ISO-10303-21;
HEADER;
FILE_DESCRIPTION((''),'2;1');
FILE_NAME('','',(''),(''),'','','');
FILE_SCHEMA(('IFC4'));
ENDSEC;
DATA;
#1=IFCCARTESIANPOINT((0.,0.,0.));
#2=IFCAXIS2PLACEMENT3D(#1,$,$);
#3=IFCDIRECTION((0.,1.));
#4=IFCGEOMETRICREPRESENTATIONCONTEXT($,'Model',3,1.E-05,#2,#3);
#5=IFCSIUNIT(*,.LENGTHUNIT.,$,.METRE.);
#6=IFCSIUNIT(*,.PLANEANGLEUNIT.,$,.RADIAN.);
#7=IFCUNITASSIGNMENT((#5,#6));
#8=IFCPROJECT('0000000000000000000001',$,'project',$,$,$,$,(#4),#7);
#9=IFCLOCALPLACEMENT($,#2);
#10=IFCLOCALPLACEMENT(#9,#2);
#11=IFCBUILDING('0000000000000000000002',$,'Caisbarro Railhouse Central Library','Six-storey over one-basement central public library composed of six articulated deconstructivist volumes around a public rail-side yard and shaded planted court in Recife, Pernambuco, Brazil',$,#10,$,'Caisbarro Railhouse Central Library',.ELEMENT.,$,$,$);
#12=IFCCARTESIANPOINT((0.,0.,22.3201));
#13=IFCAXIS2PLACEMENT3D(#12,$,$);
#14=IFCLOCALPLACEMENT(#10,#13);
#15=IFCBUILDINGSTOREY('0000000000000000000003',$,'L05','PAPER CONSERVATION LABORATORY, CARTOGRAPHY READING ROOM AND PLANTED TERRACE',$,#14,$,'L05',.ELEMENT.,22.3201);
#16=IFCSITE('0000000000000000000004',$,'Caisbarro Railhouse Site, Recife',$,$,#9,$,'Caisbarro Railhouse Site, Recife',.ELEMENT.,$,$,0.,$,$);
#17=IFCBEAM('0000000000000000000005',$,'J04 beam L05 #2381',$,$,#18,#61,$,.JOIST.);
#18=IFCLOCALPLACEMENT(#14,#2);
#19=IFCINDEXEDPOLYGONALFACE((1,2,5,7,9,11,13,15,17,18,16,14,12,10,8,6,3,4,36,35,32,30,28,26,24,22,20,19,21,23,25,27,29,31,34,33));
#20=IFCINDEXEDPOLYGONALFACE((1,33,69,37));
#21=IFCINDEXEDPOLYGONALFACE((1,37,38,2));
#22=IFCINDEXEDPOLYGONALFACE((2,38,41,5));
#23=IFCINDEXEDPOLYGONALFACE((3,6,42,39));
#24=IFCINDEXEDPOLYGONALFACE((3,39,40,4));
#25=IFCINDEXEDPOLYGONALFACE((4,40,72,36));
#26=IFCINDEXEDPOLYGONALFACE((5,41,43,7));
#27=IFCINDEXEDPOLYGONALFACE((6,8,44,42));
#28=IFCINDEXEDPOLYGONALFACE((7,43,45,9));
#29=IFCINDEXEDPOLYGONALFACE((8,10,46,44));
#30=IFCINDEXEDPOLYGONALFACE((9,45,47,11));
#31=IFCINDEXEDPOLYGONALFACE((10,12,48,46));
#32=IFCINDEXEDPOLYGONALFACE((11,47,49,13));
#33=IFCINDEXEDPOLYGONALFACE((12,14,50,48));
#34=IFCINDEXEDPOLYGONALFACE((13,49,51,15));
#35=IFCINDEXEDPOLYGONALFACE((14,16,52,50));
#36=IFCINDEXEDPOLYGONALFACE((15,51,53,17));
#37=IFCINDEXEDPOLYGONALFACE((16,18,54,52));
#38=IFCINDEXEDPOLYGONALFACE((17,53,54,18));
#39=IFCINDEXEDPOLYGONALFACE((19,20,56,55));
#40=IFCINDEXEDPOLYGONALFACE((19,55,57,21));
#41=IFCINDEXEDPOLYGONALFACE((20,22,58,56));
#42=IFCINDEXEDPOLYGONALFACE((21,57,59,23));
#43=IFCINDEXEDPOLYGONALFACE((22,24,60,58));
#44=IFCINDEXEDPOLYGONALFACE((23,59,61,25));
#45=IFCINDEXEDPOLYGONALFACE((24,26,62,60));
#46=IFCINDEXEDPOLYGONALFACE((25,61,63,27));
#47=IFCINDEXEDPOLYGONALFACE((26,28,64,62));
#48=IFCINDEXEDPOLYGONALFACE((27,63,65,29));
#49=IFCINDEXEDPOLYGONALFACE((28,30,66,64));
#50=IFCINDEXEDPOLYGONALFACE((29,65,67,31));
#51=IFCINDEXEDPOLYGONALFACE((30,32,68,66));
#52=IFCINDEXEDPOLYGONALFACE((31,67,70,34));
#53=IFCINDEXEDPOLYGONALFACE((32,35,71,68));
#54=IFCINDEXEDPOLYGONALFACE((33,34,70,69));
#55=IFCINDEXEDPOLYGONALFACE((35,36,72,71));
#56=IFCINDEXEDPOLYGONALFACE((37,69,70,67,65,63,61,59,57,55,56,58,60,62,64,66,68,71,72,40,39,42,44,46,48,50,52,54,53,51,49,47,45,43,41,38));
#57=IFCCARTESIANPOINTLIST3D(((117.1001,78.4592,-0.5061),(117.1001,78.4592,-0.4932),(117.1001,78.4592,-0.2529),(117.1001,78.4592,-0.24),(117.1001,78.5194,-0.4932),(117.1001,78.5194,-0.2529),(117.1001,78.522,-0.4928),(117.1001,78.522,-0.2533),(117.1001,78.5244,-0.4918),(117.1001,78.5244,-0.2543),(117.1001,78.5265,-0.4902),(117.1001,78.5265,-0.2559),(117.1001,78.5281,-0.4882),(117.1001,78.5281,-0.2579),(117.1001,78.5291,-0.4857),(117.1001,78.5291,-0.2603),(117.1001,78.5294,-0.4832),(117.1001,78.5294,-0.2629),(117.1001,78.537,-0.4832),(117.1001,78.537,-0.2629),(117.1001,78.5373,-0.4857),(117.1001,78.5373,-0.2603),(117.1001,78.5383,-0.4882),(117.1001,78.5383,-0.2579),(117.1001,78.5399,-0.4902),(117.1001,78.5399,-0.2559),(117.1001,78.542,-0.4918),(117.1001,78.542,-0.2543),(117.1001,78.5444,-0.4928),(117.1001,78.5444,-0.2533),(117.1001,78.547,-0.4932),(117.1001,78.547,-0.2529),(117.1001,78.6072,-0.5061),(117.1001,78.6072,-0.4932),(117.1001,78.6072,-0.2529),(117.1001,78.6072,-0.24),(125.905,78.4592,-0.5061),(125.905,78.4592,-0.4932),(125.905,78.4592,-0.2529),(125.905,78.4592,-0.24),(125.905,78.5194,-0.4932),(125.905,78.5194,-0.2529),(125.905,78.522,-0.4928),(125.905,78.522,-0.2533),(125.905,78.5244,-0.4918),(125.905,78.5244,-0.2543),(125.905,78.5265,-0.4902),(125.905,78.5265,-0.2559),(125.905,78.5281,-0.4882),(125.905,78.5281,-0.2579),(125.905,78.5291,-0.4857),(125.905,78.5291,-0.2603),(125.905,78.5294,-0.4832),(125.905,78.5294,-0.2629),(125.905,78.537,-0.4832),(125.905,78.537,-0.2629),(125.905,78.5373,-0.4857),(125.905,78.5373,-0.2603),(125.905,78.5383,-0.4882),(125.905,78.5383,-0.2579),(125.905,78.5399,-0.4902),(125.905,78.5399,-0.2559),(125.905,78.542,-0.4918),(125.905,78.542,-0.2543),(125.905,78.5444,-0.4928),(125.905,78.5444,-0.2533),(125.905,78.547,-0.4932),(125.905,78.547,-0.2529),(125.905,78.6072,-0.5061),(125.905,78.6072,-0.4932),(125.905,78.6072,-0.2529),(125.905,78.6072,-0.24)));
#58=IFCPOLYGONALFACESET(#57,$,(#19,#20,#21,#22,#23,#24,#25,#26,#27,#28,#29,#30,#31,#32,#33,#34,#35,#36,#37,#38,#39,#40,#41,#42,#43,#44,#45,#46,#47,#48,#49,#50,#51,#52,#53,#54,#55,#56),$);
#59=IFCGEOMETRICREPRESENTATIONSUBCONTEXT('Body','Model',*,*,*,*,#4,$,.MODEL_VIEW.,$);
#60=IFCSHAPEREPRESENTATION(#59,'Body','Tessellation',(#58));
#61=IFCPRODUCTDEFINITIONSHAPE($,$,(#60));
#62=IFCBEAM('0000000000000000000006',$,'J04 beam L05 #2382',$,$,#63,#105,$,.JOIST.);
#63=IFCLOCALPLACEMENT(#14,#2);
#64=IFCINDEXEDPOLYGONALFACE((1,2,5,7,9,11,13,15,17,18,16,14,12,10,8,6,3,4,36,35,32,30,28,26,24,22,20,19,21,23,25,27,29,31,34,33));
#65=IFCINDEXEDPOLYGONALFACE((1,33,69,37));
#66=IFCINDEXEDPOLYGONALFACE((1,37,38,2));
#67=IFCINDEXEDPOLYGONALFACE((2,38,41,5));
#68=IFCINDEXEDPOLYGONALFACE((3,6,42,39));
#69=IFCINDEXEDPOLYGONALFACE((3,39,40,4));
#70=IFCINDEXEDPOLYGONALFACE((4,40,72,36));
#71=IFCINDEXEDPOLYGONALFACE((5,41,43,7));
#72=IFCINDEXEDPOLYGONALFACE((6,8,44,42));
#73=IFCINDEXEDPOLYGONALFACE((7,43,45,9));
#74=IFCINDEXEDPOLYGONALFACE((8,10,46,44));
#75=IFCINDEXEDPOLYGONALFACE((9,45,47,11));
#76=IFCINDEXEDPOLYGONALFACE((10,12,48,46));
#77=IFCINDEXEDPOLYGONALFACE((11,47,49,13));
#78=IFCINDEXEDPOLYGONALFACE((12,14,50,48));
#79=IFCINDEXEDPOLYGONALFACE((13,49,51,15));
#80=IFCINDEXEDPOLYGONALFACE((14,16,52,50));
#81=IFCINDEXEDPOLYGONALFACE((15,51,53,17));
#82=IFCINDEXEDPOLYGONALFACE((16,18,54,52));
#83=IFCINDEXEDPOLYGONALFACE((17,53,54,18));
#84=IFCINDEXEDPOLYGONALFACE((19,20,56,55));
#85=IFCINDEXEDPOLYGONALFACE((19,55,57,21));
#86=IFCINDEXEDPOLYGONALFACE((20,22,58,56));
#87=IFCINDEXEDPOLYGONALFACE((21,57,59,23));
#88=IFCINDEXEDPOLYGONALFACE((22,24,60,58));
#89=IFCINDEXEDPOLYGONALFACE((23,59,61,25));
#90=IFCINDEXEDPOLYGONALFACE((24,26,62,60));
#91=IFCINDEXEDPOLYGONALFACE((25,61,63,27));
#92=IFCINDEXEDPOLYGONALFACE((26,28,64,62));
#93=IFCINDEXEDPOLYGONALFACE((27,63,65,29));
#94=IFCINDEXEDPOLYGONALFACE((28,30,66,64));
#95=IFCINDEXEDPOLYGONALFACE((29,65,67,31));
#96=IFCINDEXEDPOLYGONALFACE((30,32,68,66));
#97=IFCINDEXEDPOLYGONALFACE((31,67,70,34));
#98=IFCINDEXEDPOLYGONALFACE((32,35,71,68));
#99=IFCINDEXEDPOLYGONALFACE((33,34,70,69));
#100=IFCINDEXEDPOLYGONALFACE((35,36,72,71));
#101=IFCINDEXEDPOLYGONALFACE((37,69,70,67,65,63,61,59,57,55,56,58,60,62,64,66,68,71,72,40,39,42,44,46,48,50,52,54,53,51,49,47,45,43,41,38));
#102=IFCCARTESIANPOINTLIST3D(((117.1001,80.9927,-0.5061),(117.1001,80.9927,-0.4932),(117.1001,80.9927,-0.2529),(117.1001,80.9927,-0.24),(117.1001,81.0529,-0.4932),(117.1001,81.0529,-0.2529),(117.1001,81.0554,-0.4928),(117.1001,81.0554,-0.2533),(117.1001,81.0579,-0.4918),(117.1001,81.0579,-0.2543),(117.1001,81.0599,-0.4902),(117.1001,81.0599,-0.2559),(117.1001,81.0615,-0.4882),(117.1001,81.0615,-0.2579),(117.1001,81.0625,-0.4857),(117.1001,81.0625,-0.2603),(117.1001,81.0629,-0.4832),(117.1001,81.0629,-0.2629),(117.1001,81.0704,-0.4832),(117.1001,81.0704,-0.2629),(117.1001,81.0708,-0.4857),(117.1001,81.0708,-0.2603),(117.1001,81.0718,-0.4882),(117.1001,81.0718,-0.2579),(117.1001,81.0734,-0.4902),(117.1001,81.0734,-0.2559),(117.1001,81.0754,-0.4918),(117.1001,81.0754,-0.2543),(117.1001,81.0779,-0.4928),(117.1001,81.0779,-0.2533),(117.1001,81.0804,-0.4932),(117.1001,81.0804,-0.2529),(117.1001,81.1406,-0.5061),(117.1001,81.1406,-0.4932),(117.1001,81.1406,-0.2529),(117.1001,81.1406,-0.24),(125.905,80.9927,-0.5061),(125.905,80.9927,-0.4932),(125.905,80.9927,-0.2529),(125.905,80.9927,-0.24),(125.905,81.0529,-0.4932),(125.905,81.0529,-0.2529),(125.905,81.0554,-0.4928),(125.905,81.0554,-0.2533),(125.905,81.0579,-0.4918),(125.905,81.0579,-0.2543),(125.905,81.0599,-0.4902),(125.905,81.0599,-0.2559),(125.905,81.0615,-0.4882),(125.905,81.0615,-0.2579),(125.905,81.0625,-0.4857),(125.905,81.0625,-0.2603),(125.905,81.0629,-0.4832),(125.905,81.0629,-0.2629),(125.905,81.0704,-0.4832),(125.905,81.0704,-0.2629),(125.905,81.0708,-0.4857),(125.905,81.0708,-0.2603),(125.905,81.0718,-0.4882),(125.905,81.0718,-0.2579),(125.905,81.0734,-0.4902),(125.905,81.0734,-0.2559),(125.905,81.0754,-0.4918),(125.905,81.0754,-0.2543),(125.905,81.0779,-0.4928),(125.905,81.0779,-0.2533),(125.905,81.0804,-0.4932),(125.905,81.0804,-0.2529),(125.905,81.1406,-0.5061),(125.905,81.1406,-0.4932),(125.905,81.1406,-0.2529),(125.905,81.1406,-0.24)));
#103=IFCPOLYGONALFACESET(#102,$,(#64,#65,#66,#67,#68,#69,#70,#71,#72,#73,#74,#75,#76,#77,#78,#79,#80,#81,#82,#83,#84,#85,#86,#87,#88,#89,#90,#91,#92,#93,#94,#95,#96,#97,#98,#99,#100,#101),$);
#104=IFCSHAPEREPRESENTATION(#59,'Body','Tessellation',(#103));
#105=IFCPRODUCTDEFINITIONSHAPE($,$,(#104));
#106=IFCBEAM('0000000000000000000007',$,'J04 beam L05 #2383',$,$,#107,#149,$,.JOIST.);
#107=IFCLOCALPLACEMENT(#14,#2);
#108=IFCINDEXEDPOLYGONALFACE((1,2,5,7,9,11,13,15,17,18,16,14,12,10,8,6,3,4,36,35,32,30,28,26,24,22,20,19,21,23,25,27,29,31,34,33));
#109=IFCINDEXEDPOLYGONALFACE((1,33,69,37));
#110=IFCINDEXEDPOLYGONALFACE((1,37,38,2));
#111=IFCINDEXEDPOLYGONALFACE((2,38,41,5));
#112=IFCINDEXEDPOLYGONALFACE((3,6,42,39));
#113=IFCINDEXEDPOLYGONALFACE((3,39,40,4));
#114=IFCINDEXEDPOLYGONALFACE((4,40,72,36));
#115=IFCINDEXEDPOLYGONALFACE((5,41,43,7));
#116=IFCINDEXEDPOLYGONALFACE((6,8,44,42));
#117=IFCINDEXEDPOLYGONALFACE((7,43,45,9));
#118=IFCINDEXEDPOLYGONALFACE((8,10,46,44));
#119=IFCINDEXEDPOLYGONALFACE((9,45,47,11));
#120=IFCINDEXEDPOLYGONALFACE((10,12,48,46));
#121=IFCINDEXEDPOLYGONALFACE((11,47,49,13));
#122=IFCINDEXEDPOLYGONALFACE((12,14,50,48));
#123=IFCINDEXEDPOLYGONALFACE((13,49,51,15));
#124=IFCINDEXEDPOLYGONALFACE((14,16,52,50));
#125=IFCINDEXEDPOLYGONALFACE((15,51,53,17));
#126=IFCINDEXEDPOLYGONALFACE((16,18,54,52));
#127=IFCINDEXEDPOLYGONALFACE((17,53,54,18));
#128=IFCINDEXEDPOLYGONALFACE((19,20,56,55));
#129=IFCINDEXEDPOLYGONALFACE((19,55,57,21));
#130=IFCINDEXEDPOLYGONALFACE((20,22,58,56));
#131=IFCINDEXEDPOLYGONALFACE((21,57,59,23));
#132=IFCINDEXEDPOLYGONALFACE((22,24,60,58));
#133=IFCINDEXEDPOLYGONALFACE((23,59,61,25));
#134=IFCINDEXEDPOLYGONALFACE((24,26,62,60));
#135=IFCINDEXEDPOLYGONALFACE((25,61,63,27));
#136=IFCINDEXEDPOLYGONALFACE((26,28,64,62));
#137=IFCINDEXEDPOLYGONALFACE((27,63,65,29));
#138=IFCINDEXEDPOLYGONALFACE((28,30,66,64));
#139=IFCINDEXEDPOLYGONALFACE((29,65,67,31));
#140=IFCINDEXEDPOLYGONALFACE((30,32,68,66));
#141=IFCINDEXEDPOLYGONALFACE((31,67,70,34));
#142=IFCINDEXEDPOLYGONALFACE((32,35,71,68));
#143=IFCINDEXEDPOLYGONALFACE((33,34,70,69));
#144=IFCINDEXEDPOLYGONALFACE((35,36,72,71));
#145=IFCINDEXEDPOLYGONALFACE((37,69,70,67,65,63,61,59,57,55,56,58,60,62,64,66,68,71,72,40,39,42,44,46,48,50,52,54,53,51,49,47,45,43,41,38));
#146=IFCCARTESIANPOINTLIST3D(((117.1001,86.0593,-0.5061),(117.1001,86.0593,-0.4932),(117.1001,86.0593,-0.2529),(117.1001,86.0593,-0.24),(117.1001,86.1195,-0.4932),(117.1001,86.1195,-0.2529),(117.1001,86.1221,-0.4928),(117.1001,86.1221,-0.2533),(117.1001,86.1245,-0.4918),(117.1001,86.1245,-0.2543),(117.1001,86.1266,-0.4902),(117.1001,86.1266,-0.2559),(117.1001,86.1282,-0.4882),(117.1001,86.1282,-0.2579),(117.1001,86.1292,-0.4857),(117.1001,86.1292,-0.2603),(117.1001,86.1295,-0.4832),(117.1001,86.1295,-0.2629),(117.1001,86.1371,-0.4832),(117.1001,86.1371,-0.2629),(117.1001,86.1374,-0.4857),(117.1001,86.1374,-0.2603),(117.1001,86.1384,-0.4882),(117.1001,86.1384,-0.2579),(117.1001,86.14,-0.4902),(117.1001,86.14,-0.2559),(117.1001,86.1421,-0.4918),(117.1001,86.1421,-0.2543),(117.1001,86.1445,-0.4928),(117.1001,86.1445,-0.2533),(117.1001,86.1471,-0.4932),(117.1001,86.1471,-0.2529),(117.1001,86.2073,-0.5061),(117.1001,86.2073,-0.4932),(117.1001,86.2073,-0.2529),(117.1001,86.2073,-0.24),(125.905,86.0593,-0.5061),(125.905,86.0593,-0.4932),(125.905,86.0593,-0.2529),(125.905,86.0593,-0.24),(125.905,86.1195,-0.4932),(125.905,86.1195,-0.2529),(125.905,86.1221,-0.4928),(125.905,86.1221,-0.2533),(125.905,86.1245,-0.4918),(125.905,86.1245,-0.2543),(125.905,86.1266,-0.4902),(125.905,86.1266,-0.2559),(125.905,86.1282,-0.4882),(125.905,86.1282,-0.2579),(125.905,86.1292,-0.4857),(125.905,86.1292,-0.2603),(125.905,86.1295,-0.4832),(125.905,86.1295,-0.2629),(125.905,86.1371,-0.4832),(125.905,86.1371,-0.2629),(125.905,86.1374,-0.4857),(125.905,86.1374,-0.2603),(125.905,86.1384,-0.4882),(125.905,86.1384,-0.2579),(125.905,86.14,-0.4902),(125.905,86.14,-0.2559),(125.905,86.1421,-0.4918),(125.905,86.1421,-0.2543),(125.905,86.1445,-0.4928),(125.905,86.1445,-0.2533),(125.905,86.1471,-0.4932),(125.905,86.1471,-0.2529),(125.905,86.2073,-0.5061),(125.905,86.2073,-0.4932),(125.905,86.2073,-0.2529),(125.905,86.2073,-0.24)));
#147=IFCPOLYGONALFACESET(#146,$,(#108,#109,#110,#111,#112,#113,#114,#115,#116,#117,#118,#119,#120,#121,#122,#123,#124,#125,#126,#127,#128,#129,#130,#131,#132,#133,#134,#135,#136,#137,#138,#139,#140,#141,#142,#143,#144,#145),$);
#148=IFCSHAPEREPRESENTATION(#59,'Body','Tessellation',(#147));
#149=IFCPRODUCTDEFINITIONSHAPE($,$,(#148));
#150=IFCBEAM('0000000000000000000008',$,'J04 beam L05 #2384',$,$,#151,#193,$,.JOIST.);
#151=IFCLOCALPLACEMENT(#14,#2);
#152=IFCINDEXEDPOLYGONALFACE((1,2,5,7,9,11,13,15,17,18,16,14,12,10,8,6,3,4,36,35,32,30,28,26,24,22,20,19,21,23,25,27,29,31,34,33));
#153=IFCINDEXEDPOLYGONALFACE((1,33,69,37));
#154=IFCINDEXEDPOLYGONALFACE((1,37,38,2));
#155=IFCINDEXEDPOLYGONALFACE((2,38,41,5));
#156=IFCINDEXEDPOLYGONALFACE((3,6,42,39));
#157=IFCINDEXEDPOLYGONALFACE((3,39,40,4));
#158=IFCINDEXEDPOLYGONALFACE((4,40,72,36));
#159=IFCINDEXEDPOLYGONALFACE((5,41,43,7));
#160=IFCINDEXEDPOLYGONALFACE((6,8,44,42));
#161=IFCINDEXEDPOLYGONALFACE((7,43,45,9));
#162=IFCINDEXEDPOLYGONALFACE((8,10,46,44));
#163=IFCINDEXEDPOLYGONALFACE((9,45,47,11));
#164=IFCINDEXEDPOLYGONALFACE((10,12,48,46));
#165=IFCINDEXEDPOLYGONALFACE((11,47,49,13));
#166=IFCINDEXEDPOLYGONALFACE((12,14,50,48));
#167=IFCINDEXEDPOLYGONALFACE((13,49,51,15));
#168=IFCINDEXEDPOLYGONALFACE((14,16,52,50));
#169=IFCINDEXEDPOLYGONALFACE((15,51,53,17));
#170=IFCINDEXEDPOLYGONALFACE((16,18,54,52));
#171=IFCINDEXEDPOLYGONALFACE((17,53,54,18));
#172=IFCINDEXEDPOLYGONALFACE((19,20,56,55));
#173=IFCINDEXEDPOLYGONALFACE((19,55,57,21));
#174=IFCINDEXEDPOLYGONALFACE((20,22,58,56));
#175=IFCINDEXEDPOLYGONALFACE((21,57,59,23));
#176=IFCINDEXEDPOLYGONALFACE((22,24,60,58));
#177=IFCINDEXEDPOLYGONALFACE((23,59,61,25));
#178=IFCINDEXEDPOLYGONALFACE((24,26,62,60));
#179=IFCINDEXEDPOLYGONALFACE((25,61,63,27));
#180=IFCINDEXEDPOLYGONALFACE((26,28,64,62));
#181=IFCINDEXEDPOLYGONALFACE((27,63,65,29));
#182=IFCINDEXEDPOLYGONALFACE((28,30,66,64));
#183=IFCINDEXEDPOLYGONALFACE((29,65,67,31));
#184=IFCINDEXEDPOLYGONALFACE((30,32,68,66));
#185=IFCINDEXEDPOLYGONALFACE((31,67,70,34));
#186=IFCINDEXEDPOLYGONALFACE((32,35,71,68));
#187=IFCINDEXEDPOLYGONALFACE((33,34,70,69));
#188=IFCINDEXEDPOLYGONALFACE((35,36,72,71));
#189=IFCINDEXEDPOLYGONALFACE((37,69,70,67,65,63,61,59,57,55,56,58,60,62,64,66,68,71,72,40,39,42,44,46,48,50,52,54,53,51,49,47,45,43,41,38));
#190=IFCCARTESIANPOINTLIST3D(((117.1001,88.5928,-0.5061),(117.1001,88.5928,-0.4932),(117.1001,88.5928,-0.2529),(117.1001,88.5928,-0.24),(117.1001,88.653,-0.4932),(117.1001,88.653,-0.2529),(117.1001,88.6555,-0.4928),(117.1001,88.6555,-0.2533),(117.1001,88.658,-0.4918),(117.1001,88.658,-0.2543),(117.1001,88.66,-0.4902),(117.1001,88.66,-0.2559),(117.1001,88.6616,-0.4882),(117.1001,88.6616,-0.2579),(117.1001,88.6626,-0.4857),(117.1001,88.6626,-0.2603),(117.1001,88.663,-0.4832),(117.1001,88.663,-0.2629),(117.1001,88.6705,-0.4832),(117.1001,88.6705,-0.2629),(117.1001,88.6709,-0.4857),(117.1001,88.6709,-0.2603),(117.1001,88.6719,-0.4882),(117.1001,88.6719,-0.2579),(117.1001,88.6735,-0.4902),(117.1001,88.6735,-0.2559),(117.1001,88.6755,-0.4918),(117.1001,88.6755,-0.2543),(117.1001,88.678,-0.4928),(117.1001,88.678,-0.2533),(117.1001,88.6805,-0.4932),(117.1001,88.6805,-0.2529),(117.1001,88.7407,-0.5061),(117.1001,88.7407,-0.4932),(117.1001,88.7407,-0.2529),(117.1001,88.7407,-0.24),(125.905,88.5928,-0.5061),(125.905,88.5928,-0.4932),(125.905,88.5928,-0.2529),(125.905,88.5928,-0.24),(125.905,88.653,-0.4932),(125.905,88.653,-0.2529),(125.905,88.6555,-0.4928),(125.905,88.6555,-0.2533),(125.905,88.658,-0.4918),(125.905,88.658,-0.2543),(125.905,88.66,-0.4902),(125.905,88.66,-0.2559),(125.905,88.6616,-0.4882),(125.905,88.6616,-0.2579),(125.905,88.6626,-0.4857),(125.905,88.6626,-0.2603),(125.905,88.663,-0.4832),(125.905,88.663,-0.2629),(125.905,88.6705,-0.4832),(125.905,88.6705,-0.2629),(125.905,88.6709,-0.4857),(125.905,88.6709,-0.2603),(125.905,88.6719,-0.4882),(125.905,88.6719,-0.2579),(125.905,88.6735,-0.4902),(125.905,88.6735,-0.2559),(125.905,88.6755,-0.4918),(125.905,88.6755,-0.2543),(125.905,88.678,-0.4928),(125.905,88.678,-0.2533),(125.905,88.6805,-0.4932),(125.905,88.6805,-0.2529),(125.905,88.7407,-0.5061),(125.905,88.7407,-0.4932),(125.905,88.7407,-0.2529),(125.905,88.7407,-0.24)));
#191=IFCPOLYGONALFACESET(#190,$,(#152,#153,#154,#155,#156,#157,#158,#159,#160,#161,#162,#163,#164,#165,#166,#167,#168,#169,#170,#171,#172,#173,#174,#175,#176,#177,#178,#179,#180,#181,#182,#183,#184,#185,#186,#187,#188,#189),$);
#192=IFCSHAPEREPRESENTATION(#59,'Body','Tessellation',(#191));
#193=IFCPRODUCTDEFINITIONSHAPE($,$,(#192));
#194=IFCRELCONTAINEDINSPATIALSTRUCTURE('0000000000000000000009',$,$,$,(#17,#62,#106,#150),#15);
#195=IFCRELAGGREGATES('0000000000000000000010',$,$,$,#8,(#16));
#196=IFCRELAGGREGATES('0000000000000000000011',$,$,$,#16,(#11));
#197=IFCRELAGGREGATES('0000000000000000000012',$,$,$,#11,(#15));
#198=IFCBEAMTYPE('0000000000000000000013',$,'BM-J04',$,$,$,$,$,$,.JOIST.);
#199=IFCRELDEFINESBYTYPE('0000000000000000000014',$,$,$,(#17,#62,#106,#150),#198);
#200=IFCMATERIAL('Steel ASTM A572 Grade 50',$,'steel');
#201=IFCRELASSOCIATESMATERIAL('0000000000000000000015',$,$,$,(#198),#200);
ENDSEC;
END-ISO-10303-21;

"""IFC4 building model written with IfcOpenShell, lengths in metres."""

from ifc_helpers import new_model, si_unit, direction, frame, origin, origin_2d, place, context, subcontext, project, spatial, i_section, extrude, material, material_profile, profile_set, type_object, element, save


model = new_model("IFC4")

# Units and contexts
model_context = context("Model", 3, precision=1e-05, world=origin(), true_north=direction((0.0, 1.0)))
body_context = subcontext(model_context, "Body", "Model", "MODEL_VIEW")
ifc_project = project(units=[si_unit("LENGTHUNIT", "METRE"), si_unit("PLANEANGLEUNIT", "RADIAN")], contexts=[model_context])

# Site, building, storey
site_placement = place(None, origin())
site = spatial("IfcSite", under=ifc_project, at=site_placement, Name="Caisbarro Railhouse Site, Recife", LongName="Caisbarro Railhouse Site, Recife", CompositionType="ELEMENT", RefElevation=0.0)
building_placement = place(site_placement, origin())
building = spatial("IfcBuilding", under=site, at=building_placement, Name="Caisbarro Railhouse Central Library", Description="Six-storey over one-basement central public library composed of six articulated deconstructivist volumes around a public rail-side yard and shaded planted court in Recife, Pernambuco, Brazil", LongName="Caisbarro Railhouse Central Library", CompositionType="ELEMENT")
storey_placement = place(building_placement, frame((0.0, 0.0, 22.3201)))
storey = spatial("IfcBuildingStorey", under=building, at=storey_placement, Name="L05", Description="PAPER CONSERVATION LABORATORY, CARTOGRAPHY READING ROOM AND PLANTED TERRACE", LongName="L05", CompositionType="ELEMENT", Elevation=22.3201)

# Beams
ifc_material_1 = material(Name="Steel ASTM A572 Grade 50", Category="steel")
ifc_material_profile_1 = material_profile(ifc_material_1, i_section(OverallWidth=0.1479, OverallDepth=0.2661, WebThickness=0.0076, FlangeThickness=0.0129, FilletRadius=0.01, at=origin_2d()), Name="W250X44.8")
ifc_profile_set_1 = profile_set([ifc_material_profile_1], Name="Steel ASTM A572 Grade 50")
beam_type_1 = type_object("IfcBeamType", Name="BM-J04", PredefinedType="JOIST", material=ifc_profile_set_1)
for number, where, z_axis, x_axis, name in (
    (1, (117.1001, 78.5332, -0.373), (1.0, 0.0, 0.0), (0.0, 1.0, 0.0), "J04 beam L05 #2381"),
    (2, (117.1001, 81.0667, -0.373), (1.0, 0.0, 0.0), (0.0, 1.0, 0.0), "J04 beam L05 #2382"),
    (3, (117.1001, 86.1333, -0.373), (1.0, 0.0, 0.0), (0.0, 1.0, 0.0), "J04 beam L05 #2383"),
    (4, (117.1001, 88.6667, -0.373), (1.0, 0.0, 0.0), (0.0, 1.0, 0.0), "J04 beam L05 #2384"),
):
    element("IfcBeam", number, at=place(storey_placement, frame(where, z_axis=z_axis, x_axis=x_axis)), inside=storey, type_object=beam_type_1, Name=name, PredefinedType="JOIST", context=body_context, shape_type="SweptSolid", body=[
        extrude(i_section(OverallWidth=0.1479, OverallDepth=0.2661, WebThickness=0.0076, FlangeThickness=0.0129, FilletRadius=0.01, at=origin_2d()), origin(), (0.0, 0.0, 1.0), 8.8049),
    ])

save(model, "model.ifc")
